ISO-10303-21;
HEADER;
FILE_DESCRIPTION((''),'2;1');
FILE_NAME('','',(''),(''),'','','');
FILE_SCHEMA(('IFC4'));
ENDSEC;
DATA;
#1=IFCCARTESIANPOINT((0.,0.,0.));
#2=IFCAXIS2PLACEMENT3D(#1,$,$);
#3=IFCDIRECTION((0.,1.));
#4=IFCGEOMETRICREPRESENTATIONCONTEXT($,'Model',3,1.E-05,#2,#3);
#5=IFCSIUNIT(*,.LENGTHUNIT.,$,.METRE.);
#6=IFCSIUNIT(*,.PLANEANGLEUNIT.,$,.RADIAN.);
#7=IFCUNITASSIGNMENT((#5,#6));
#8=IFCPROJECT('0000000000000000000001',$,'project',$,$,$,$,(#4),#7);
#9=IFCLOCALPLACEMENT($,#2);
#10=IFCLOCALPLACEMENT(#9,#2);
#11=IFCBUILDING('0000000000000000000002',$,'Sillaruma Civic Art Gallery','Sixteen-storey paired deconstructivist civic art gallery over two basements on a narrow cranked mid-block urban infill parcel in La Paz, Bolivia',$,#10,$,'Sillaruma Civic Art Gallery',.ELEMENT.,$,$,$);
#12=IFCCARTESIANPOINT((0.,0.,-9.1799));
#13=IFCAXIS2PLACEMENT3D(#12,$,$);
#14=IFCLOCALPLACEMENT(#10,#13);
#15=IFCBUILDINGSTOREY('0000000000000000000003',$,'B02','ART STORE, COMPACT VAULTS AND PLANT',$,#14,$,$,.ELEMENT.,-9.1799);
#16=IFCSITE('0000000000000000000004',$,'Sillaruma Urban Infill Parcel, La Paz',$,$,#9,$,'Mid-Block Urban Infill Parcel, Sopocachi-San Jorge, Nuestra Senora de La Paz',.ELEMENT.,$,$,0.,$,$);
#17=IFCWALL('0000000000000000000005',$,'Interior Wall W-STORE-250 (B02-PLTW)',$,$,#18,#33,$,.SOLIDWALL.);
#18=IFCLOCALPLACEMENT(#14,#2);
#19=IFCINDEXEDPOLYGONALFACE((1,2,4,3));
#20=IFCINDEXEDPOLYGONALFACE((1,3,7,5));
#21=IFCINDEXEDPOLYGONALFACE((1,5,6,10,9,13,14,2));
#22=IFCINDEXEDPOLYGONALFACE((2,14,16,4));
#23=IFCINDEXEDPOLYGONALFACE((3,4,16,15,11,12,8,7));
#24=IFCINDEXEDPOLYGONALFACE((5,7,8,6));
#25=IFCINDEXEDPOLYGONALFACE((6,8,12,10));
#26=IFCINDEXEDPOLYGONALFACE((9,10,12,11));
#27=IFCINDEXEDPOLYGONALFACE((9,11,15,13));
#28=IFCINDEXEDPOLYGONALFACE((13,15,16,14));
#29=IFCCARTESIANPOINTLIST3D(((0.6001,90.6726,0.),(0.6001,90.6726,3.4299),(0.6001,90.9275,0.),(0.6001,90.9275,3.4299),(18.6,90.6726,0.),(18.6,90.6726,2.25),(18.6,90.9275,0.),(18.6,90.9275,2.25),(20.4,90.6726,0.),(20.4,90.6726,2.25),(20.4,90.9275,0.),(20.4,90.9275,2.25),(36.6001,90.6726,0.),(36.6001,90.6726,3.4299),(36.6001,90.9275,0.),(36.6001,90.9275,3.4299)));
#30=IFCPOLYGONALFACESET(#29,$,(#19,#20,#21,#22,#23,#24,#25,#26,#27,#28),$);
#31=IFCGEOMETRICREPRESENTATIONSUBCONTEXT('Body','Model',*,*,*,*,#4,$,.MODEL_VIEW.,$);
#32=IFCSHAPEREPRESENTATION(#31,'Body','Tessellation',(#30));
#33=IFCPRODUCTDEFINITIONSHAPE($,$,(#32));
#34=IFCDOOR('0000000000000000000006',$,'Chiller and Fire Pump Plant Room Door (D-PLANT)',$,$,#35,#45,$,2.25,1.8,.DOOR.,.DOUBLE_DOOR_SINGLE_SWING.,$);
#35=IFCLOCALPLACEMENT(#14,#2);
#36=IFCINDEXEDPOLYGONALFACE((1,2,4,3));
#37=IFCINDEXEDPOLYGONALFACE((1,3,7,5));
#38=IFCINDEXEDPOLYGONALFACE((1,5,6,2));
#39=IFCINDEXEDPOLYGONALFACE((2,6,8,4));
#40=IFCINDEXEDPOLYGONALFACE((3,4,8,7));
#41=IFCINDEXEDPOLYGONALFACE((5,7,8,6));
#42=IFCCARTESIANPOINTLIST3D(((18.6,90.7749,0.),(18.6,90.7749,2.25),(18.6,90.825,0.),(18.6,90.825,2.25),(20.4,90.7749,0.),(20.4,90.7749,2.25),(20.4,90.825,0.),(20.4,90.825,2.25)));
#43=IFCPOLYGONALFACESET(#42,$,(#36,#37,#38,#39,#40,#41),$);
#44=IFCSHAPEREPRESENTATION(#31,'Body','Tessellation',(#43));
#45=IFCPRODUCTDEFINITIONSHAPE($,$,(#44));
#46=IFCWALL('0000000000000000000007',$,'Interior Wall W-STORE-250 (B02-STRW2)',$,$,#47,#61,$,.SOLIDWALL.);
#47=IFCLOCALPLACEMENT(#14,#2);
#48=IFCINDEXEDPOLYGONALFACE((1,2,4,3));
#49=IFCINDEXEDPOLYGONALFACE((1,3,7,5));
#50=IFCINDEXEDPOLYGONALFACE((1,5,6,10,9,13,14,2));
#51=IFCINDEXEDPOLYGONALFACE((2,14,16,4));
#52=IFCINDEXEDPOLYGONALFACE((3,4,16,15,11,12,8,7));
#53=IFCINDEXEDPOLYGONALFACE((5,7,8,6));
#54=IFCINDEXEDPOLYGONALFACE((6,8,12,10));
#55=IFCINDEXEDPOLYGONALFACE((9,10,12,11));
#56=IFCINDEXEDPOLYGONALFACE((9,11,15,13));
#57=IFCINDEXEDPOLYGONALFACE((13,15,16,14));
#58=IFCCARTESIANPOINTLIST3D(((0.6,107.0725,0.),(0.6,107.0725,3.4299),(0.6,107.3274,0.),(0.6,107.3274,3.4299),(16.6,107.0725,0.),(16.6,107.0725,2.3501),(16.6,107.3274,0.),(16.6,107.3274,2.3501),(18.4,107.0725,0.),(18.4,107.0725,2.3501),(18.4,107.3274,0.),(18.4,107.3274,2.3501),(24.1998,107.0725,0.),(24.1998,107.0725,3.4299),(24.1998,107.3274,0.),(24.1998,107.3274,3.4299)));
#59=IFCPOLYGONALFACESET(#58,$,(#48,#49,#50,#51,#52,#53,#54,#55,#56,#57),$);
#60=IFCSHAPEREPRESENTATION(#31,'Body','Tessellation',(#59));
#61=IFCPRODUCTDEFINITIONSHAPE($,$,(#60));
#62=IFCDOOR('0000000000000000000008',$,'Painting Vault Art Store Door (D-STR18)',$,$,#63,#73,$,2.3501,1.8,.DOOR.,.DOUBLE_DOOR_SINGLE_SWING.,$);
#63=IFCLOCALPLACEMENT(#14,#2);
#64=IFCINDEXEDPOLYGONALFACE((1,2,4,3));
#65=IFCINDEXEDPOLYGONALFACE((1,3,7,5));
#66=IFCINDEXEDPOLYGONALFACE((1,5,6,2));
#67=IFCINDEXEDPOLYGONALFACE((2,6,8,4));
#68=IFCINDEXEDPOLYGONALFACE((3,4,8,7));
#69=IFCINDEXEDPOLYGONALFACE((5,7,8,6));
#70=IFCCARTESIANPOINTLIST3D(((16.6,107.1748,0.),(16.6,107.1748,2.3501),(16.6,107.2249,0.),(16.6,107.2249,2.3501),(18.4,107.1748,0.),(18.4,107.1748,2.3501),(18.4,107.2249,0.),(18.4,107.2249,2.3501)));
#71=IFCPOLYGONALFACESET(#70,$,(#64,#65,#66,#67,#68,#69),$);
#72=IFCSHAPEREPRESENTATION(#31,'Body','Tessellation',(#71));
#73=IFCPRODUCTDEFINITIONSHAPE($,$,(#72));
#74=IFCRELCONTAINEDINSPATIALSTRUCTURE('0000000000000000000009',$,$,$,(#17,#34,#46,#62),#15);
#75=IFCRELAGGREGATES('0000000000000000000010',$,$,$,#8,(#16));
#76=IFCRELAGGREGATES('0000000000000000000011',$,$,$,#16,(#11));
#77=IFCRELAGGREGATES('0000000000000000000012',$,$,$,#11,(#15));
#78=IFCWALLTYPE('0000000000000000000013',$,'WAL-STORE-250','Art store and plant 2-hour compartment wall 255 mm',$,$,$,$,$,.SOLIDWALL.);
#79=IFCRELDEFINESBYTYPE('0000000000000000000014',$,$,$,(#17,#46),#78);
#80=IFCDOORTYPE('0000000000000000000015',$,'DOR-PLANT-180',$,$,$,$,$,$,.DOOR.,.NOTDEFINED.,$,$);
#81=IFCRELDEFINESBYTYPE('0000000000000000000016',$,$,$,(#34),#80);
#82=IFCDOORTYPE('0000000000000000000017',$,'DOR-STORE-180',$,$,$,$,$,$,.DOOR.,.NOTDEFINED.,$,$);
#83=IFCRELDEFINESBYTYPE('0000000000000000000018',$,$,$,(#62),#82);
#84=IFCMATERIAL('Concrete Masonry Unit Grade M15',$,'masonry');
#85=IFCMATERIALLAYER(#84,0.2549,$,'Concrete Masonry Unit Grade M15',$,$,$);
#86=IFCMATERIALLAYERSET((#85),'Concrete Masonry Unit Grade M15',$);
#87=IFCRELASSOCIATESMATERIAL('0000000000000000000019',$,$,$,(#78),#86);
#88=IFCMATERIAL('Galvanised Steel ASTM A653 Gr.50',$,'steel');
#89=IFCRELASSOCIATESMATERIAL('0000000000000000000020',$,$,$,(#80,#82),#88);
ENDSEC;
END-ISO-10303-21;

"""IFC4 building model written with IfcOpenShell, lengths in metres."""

from ifc_helpers import new_model, si_unit, direction, frame, frame_2d, origin, place, context, subcontext, project, spatial, rectangle, extrude, material, layer, layer_set, type_object, element, fill, save


model = new_model("IFC4")

# Units and contexts
model_context = context("Model", 3, precision=1e-05, world=origin(), true_north=direction((0.0, 1.0)))
body_context = subcontext(model_context, "Body", "Model", "MODEL_VIEW")
ifc_project = project(units=[si_unit("LENGTHUNIT", "METRE"), si_unit("PLANEANGLEUNIT", "RADIAN")], contexts=[model_context])

# Site, building, storey
site_placement = place(None, origin())
site = spatial("IfcSite", under=ifc_project, at=site_placement, Name="Sillaruma Urban Infill Parcel, La Paz", LongName="Mid-Block Urban Infill Parcel, Sopocachi-San Jorge, Nuestra Senora de La Paz", CompositionType="ELEMENT", RefElevation=0.0)
building_placement = place(site_placement, origin())
building = spatial("IfcBuilding", under=site, at=building_placement, Name="Sillaruma Civic Art Gallery", Description="Sixteen-storey paired deconstructivist civic art gallery over two basements on a narrow cranked mid-block urban infill parcel in La Paz, Bolivia", LongName="Sillaruma Civic Art Gallery", CompositionType="ELEMENT")
storey_placement = place(building_placement, frame((0.0, 0.0, -9.1799)))
storey = spatial("IfcBuildingStorey", under=building, at=storey_placement, Name="B02", Description="ART STORE, COMPACT VAULTS AND PLANT", CompositionType="ELEMENT", Elevation=-9.1799)

# Walls, openings, doors
ifc_material_1 = material(Name="Concrete Masonry Unit Grade M15", Category="masonry")
ifc_layer_1 = layer(ifc_material_1, 0.2549, Name="Concrete Masonry Unit Grade M15")
ifc_layer_set_1 = layer_set([ifc_layer_1], Name="Concrete Masonry Unit Grade M15")
wall_type = type_object("IfcWallType", Name="WAL-STORE-250", Description="Art store and plant 2-hour compartment wall 255 mm", PredefinedType="SOLIDWALL", material=ifc_layer_set_1)
wall_1_placement = place(storey_placement, frame((0.6001, 90.8, 0.0), z_axis=(0.0, 0.0, 1.0), x_axis=(1.0, 0.0, 0.0)))
wall_1 = element("IfcWall", 1, at=wall_1_placement, inside=storey, type_object=wall_type, Name="Interior Wall W-STORE-250 (B02-PLTW)", PredefinedType="SOLIDWALL", context=body_context, shape_type="SweptSolid", body=[
    extrude(rectangle(XDim=36.0, YDim=0.2549, at=frame_2d((18.0, 0.0))), origin(), (0.0, 0.0, 1.0), 3.4299),
])
opening_1_placement = place(wall_1_placement, frame((18.0, 0.0, 0.0)))
opening_1 = element("IfcOpeningElement", 2, at=opening_1_placement, cuts=wall_1, PredefinedType="OPENING", context=body_context, shape_type="SweptSolid", body=[
    extrude(rectangle(XDim=1.8, YDim=2.25, at=frame_2d((0.8999, 1.125))), frame((0.0, 0.1375, 0.0), z_axis=(0.0, -1.0, 0.0), x_axis=(1.0, 0.0, 0.0)), (0.0, 0.0, 1.0), 0.2749),
])
ifc_material_2 = material(Name="Galvanised Steel ASTM A653 Gr.50", Category="steel")
door_type_1 = type_object("IfcDoorType", Name="DOR-PLANT-180", OperationType="NOTDEFINED", PredefinedType="DOOR", material=ifc_material_2)
door_1_placement = place(opening_1_placement, origin())
door_1 = element("IfcDoor", 3, at=door_1_placement, inside=storey, type_object=door_type_1, Name="Chiller and Fire Pump Plant Room Door (D-PLANT)", OperationType="DOUBLE_DOOR_SINGLE_SWING", OverallHeight=2.25, OverallWidth=1.8, PredefinedType="DOOR", context=body_context, shape_type="SweptSolid", body=[
    extrude(rectangle(XDim=1.8, YDim=2.25, at=frame_2d((0.8999, 1.125))), frame((0.0, 0.0249, 0.0), z_axis=(0.0, -1.0, 0.0), x_axis=(1.0, 0.0, 0.0)), (0.0, 0.0, 1.0), 0.05),
])
fill(opening_1, door_1)
wall_2_placement = place(storey_placement, frame((0.6001, 107.2, 0.0), z_axis=(0.0, 0.0, 1.0), x_axis=(1.0, 0.0, 0.0)))
wall_2 = element("IfcWall", 4, at=wall_2_placement, inside=storey, type_object=wall_type, Name="Interior Wall W-STORE-250 (B02-STRW2)", PredefinedType="SOLIDWALL", context=body_context, shape_type="SweptSolid", body=[
    extrude(rectangle(XDim=23.5999, YDim=0.2549, at=frame_2d((11.7998, 0.0))), origin(), (0.0, 0.0, 1.0), 3.4299),
])
opening_2_placement = place(wall_2_placement, frame((16.0, 0.0, 0.0)))
opening_2 = element("IfcOpeningElement", 5, at=opening_2_placement, cuts=wall_2, PredefinedType="OPENING", context=body_context, shape_type="SweptSolid", body=[
    extrude(rectangle(XDim=1.8, YDim=2.3501, at=frame_2d((0.8999, 1.175))), frame((0.0, 0.1375, 0.0), z_axis=(0.0, -1.0, 0.0), x_axis=(1.0, 0.0, 0.0)), (0.0, 0.0, 1.0), 0.2749),
])
door_type_2 = type_object("IfcDoorType", Name="DOR-STORE-180", OperationType="NOTDEFINED", PredefinedType="DOOR", material=ifc_material_2)
door_2_placement = place(opening_2_placement, origin())
door_2 = element("IfcDoor", 6, at=door_2_placement, inside=storey, type_object=door_type_2, Name="Painting Vault Art Store Door (D-STR18)", OperationType="DOUBLE_DOOR_SINGLE_SWING", OverallHeight=2.3501, OverallWidth=1.8, PredefinedType="DOOR", context=body_context, shape_type="SweptSolid", body=[
    extrude(rectangle(XDim=1.8, YDim=2.3501, at=frame_2d((0.8999, 1.175))), frame((0.0, 0.0249, 0.0), z_axis=(0.0, -1.0, 0.0), x_axis=(1.0, 0.0, 0.0)), (0.0, 0.0, 1.0), 0.05),
])
fill(opening_2, door_2)

save(model, "model.ifc")
